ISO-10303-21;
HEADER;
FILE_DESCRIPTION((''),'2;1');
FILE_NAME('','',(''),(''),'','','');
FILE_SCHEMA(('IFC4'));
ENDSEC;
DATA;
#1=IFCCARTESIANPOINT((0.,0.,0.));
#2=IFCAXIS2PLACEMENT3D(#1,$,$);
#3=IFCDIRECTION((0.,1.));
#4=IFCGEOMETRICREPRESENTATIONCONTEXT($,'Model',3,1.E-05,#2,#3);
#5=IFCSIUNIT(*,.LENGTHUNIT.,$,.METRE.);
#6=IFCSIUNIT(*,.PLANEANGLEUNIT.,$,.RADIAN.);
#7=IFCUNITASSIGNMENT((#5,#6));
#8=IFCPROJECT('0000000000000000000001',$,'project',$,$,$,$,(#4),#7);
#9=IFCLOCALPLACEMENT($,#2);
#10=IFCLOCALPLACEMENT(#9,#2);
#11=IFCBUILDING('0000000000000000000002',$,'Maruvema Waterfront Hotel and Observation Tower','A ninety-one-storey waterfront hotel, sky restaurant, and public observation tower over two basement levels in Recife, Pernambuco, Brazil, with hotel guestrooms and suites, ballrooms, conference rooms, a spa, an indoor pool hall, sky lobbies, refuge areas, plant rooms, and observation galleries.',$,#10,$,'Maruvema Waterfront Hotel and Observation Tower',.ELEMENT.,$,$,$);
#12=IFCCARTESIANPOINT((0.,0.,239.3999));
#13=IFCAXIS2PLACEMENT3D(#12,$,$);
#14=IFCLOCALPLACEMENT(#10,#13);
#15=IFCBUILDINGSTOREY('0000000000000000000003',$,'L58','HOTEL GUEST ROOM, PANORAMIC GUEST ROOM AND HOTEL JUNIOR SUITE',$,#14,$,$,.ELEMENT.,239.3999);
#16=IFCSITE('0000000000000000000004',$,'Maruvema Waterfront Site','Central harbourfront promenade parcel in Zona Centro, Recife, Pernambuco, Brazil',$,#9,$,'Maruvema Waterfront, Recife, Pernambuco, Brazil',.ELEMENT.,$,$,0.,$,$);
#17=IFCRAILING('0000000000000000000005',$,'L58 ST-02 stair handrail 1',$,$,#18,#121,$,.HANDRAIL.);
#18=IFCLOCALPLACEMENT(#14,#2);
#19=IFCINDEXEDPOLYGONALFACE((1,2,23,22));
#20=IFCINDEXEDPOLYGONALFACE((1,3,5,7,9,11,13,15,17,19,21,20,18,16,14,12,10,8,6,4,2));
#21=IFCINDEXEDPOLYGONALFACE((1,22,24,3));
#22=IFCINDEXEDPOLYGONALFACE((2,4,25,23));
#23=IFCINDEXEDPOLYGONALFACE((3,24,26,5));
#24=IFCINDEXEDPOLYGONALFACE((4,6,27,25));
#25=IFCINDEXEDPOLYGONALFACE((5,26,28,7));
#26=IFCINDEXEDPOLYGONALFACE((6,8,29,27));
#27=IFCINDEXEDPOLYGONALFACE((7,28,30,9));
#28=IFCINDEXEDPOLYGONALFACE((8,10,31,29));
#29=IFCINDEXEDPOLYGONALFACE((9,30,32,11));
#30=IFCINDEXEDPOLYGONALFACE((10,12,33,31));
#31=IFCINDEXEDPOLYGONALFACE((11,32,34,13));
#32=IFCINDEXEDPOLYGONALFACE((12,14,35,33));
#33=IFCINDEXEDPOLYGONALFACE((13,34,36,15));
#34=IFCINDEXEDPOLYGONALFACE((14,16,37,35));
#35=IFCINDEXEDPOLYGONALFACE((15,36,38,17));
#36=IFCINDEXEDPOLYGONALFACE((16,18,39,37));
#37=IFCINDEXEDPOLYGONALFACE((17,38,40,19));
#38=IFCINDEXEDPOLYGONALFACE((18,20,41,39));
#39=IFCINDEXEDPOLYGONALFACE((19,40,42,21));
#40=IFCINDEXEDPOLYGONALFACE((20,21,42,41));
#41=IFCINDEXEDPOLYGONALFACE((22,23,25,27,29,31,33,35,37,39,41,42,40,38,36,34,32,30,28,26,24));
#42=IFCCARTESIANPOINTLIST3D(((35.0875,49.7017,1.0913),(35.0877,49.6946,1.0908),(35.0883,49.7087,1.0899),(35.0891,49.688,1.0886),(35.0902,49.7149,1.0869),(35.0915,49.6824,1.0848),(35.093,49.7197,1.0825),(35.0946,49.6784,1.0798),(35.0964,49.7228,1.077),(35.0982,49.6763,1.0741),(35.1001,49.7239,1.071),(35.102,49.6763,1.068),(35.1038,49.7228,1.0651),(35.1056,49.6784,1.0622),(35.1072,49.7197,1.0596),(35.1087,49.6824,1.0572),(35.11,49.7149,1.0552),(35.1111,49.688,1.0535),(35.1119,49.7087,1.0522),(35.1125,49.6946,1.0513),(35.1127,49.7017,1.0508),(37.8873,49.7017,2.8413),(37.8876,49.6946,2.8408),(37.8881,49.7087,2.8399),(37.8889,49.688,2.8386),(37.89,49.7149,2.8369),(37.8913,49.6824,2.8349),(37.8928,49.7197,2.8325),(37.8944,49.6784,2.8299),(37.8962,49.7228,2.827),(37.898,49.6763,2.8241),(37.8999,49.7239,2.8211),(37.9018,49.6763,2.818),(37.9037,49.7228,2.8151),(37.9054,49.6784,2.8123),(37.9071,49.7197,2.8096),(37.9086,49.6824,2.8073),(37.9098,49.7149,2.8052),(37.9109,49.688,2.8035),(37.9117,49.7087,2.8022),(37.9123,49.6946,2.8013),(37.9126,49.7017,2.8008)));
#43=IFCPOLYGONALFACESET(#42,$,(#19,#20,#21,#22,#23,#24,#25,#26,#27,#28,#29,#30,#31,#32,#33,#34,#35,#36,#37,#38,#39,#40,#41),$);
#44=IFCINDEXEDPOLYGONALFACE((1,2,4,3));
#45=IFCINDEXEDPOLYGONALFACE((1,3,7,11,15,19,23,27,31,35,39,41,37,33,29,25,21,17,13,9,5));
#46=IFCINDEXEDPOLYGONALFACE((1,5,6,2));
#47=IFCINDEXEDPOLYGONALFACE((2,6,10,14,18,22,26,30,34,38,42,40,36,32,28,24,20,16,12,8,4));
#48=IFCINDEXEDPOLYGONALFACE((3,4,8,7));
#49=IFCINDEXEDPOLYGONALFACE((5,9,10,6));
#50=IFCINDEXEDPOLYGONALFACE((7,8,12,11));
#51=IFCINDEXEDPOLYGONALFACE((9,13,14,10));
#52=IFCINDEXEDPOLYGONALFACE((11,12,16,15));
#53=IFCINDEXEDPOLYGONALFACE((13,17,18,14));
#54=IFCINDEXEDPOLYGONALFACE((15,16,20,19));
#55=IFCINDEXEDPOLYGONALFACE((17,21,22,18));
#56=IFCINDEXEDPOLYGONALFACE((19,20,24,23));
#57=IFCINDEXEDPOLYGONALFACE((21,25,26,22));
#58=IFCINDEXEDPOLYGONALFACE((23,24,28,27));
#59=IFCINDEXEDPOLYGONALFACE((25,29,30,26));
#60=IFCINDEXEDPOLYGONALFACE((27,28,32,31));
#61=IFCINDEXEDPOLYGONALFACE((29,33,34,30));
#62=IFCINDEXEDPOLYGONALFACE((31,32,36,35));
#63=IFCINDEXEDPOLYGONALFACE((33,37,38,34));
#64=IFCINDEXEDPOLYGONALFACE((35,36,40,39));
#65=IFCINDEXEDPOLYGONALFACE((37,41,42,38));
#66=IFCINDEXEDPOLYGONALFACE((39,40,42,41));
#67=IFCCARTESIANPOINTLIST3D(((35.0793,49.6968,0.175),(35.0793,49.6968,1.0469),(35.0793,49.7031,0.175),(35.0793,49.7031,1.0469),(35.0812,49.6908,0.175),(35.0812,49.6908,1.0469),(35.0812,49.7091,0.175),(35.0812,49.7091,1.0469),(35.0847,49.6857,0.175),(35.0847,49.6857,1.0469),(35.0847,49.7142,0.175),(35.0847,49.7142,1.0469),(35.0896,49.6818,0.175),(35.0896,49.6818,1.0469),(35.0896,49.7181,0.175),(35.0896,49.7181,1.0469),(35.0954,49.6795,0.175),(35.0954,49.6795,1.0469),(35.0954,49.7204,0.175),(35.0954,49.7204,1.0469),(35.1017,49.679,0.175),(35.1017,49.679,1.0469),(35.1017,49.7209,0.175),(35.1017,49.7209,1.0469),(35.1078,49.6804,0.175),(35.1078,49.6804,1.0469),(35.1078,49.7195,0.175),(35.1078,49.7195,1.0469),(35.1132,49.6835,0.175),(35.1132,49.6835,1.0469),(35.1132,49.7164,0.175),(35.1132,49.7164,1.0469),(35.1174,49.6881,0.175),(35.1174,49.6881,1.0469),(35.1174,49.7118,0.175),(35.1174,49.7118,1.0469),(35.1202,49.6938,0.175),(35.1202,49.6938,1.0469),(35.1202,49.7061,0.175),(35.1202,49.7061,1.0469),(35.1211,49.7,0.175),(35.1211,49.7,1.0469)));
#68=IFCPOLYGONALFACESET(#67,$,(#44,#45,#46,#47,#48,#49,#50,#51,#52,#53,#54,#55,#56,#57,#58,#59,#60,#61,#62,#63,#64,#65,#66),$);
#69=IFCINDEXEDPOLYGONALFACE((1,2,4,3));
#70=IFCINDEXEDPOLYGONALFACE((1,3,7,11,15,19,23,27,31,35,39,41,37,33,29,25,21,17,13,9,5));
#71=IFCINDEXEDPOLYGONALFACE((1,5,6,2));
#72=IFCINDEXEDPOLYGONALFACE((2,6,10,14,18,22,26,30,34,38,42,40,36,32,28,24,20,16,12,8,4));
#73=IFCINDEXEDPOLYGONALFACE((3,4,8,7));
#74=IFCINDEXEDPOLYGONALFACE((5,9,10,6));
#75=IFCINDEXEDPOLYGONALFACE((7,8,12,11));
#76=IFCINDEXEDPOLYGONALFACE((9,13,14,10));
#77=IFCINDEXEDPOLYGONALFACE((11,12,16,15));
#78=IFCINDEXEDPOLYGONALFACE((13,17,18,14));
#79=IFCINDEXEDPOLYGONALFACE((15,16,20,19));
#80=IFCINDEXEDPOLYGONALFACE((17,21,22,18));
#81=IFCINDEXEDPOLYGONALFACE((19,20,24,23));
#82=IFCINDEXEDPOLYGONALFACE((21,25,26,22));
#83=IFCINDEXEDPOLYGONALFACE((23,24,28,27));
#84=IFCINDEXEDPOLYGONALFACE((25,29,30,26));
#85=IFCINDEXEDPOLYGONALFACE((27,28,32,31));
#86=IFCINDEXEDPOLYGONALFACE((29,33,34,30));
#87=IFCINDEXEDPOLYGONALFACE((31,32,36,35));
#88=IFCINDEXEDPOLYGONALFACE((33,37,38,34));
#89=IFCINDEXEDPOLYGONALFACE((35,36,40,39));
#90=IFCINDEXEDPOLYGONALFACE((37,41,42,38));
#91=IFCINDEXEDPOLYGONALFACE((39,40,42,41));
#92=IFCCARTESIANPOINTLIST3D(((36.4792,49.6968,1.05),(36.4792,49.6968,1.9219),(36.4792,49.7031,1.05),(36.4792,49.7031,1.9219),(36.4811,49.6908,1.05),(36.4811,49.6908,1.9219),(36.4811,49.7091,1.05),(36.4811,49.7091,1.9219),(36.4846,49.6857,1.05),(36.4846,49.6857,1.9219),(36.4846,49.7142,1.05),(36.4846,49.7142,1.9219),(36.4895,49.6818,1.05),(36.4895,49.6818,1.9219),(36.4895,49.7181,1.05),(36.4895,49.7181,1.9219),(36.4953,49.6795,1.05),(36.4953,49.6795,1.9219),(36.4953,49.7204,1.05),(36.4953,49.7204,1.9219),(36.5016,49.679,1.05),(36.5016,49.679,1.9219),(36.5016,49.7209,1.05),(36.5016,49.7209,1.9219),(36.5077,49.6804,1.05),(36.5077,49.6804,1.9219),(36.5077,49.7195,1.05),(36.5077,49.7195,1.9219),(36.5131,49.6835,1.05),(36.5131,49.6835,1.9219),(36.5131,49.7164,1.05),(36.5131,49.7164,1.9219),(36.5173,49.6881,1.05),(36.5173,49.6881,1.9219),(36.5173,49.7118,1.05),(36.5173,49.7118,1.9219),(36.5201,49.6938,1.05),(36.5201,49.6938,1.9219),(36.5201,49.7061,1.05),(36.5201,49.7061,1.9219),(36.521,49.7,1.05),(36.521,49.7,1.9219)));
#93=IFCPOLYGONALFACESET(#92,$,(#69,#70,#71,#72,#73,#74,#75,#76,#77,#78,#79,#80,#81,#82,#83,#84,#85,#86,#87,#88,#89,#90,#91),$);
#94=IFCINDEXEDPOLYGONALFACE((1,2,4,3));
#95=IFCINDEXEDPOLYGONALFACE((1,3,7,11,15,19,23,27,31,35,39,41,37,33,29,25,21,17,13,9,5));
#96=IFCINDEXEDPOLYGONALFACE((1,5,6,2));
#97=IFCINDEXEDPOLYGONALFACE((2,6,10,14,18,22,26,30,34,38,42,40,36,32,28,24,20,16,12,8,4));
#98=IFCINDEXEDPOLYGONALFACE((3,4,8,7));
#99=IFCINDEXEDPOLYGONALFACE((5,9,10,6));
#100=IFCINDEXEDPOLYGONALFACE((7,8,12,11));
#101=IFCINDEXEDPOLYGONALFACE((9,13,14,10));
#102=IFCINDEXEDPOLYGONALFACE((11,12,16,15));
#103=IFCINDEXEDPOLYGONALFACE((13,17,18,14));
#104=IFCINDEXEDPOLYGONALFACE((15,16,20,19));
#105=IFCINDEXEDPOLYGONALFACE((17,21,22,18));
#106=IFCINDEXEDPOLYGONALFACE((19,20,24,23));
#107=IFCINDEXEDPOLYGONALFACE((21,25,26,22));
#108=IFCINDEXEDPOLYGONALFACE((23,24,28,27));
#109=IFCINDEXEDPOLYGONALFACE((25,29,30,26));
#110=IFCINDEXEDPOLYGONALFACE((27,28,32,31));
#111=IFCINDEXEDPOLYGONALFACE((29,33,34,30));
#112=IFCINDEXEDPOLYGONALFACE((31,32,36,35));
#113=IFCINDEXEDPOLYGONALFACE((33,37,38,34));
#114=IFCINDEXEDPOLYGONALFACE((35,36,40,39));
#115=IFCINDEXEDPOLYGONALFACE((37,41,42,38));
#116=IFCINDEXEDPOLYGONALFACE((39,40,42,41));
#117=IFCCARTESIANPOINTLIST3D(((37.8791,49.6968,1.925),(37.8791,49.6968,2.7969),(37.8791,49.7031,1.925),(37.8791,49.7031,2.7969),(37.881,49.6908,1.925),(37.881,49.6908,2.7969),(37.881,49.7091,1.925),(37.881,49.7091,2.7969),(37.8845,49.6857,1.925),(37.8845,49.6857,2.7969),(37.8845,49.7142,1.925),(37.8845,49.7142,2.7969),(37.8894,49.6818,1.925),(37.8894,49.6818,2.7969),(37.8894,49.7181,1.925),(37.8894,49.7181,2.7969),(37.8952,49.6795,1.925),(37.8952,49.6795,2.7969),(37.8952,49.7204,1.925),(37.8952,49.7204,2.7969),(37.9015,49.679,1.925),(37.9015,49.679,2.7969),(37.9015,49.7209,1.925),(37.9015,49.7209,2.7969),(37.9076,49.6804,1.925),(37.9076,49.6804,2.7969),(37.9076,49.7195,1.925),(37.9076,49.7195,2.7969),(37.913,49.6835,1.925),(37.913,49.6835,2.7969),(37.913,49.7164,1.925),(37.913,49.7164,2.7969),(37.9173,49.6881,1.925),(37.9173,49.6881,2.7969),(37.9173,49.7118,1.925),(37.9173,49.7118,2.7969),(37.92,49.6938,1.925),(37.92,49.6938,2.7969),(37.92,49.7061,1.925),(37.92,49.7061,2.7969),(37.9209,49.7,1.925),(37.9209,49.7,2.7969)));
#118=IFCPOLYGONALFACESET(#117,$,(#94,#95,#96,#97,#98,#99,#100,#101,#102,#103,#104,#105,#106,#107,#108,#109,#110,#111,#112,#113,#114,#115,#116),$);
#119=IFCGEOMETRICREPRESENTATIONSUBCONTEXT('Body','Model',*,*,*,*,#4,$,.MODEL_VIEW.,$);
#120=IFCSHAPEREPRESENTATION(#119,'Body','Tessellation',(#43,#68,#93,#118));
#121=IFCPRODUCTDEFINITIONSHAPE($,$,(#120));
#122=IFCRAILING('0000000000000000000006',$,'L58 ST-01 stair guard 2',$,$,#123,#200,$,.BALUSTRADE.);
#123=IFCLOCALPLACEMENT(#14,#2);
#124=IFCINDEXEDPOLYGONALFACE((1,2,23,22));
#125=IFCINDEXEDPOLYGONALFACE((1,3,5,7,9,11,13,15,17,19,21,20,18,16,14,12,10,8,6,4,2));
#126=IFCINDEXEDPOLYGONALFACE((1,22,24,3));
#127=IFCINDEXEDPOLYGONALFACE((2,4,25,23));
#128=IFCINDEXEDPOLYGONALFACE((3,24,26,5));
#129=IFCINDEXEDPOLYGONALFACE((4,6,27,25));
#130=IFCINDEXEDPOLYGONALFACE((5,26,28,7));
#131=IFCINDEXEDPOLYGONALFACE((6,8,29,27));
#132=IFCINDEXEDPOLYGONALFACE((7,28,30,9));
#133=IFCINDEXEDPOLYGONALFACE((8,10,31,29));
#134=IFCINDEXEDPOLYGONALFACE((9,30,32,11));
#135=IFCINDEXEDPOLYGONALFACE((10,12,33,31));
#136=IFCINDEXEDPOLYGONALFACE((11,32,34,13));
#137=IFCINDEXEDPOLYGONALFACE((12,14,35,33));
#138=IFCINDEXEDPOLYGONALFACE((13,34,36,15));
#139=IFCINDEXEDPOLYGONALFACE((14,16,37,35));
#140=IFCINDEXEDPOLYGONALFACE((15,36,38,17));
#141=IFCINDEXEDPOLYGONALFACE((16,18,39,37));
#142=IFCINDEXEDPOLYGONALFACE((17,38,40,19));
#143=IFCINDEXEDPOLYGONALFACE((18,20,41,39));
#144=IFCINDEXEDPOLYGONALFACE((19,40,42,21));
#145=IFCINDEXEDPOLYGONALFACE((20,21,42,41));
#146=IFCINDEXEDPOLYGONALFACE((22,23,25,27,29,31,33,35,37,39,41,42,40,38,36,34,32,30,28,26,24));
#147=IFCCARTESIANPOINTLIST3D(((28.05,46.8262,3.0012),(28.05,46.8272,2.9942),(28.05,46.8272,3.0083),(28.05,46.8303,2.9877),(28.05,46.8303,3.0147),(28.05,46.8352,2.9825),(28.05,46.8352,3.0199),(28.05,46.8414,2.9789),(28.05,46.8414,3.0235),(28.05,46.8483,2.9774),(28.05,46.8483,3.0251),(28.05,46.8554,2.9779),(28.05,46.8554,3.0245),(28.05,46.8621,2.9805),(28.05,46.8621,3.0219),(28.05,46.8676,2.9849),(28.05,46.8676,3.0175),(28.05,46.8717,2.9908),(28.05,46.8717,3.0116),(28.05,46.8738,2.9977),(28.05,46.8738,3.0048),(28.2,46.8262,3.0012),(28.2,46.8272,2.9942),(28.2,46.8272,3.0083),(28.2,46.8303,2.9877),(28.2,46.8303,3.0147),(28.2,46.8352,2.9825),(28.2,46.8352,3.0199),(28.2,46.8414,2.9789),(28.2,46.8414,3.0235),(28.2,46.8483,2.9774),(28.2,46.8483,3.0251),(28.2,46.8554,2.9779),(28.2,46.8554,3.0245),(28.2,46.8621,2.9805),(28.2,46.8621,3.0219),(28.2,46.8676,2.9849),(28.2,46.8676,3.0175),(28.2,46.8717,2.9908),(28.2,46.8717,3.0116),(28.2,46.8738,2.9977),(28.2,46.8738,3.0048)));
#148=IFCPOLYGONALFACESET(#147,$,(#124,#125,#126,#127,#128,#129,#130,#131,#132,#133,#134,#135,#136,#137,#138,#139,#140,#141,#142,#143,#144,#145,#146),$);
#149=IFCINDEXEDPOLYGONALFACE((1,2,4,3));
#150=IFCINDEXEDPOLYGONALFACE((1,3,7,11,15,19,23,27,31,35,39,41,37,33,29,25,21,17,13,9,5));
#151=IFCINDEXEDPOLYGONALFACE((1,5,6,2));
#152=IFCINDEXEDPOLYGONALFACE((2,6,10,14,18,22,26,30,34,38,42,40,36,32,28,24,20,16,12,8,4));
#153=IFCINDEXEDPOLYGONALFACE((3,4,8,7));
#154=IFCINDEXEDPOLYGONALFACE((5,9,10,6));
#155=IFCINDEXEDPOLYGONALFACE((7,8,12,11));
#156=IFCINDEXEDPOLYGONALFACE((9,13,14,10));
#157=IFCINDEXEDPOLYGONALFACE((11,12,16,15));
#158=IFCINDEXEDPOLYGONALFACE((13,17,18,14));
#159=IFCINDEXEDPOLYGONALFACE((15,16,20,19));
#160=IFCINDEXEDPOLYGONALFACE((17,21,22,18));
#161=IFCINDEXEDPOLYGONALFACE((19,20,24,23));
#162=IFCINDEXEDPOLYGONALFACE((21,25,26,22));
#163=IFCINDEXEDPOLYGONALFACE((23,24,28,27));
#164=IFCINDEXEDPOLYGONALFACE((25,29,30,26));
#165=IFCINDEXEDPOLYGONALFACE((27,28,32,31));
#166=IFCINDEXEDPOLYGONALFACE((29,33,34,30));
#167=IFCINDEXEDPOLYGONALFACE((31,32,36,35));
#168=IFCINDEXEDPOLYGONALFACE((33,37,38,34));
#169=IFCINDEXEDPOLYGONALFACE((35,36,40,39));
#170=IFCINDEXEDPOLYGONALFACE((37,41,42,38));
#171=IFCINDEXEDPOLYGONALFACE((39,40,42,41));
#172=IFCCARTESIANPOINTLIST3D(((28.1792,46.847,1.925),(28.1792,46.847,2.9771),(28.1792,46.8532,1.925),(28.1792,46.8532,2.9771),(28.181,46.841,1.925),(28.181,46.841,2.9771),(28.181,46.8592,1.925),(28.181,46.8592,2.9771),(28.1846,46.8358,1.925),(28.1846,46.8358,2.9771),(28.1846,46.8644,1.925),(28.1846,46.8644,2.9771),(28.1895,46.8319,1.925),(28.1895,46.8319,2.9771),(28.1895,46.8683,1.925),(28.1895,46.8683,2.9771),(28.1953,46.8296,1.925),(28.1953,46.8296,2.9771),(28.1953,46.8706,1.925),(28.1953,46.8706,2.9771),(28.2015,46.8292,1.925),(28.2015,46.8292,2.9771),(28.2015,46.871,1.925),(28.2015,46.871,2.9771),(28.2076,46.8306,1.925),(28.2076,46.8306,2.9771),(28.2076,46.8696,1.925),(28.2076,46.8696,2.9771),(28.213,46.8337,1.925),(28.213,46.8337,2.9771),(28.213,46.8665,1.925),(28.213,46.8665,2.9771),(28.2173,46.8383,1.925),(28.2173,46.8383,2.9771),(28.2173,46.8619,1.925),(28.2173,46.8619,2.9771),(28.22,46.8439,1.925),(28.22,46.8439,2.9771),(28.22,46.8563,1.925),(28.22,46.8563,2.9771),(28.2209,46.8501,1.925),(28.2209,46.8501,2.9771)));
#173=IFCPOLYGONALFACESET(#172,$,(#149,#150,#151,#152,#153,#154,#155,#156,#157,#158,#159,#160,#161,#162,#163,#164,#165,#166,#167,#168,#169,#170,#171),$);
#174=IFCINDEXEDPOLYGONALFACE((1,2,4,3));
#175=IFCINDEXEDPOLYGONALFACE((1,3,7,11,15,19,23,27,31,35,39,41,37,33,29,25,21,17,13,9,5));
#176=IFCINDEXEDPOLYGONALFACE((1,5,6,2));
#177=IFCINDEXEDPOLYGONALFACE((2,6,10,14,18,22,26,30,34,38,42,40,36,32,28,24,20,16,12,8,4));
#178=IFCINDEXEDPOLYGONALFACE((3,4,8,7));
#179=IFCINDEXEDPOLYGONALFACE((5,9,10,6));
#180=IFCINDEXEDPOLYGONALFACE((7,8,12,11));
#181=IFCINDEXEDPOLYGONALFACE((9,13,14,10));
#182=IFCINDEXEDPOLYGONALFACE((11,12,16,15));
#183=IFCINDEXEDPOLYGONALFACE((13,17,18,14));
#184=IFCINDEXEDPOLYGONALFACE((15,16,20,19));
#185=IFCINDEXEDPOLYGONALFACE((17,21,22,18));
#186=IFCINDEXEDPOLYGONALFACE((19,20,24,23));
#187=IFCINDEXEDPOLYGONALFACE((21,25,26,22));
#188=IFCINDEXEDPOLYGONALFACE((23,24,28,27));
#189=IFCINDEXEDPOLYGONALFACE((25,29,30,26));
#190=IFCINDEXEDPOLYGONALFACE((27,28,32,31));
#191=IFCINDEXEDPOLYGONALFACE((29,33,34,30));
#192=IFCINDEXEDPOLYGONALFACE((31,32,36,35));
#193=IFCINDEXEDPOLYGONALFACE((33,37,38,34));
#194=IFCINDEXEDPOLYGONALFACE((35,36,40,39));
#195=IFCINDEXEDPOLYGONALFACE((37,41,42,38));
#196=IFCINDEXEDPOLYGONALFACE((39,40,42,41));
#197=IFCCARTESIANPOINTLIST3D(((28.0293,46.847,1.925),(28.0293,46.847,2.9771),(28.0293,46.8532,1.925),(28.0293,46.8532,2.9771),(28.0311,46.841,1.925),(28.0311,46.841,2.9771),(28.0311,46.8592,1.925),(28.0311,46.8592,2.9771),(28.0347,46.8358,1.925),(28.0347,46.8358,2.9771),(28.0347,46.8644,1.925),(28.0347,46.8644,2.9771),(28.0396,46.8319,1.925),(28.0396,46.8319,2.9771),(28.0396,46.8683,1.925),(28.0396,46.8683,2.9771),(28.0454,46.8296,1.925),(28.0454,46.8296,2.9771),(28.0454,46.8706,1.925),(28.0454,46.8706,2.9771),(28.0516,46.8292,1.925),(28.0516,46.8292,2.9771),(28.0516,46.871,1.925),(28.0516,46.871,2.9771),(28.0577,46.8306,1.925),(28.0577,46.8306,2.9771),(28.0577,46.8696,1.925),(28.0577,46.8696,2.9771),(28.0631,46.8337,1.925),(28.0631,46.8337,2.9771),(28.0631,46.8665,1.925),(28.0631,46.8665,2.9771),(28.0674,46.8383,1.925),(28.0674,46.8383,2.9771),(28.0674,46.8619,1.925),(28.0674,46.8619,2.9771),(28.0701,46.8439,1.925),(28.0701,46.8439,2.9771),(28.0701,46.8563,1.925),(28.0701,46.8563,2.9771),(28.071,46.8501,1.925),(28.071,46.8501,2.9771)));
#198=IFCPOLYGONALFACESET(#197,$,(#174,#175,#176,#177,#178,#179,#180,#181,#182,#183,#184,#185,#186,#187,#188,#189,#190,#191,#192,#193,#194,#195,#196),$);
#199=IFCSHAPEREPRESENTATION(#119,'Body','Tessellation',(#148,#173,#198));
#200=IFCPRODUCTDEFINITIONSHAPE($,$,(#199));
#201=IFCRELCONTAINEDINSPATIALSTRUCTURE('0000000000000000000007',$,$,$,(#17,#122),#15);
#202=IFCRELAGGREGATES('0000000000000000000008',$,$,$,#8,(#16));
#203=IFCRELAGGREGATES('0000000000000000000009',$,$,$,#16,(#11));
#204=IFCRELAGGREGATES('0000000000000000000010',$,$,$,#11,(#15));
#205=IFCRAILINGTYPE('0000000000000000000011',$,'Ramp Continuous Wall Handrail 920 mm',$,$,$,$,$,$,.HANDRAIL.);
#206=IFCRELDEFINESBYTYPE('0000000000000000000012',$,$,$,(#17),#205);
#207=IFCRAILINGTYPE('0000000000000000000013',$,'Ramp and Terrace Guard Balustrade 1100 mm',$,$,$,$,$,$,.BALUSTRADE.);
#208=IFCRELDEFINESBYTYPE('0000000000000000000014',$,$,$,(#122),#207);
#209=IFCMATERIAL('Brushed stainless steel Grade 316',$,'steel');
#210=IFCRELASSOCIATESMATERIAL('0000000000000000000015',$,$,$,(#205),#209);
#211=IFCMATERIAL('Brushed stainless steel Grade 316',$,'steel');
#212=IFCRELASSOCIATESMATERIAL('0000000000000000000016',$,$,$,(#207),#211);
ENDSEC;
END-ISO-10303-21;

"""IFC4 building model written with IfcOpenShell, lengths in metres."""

from ifc_helpers import new_model, si_unit, direction, frame, origin, origin_2d, place, context, subcontext, project, spatial, circle, extrude, material, type_object, element, save


model = new_model("IFC4")

# Units and contexts
model_context = context("Model", 3, precision=1e-05, world=origin(), true_north=direction((0.0, 1.0)))
body_context = subcontext(model_context, "Body", "Model", "MODEL_VIEW")
ifc_project = project(units=[si_unit("LENGTHUNIT", "METRE"), si_unit("PLANEANGLEUNIT", "RADIAN")], contexts=[model_context])

# Site, building, storey
site_placement = place(None, origin())
site = spatial("IfcSite", under=ifc_project, at=site_placement, Name="Maruvema Waterfront Site", Description="Central harbourfront promenade parcel in Zona Centro, Recife, Pernambuco, Brazil", LongName="Maruvema Waterfront, Recife, Pernambuco, Brazil", CompositionType="ELEMENT", RefElevation=0.0)
building_placement = place(site_placement, origin())
building = spatial("IfcBuilding", under=site, at=building_placement, Name="Maruvema Waterfront Hotel and Observation Tower", Description="A ninety-one-storey waterfront hotel, sky restaurant, and public observation tower over two basement levels in Recife, Pernambuco, Brazil, with hotel guestrooms and suites, ballrooms, conference rooms, a spa, an indoor pool hall, sky lobbies, refuge areas, plant rooms, and observation galleries.", LongName="Maruvema Waterfront Hotel and Observation Tower", CompositionType="ELEMENT")
storey_placement = place(building_placement, frame((0.0, 0.0, 239.3999)))
storey = spatial("IfcBuildingStorey", under=building, at=storey_placement, Name="L58", Description="HOTEL GUEST ROOM, PANORAMIC GUEST ROOM AND HOTEL JUNIOR SUITE", CompositionType="ELEMENT", Elevation=239.3999)

# Railings
ifc_material_1 = material(Name="Brushed stainless steel Grade 316", Category="steel")
railing_type_1 = type_object("IfcRailingType", Name="Ramp Continuous Wall Handrail 920 mm", PredefinedType="HANDRAIL", material=ifc_material_1)
railing_1_placement = place(storey_placement, frame((35.1001, 49.7, 0.175)))
element("IfcRailing", 1, at=railing_1_placement, inside=storey, type_object=railing_type_1, Name="L58 ST-02 stair handrail 1", PredefinedType="HANDRAIL", context=body_context, shape_type="SweptSolid", body=[
    extrude(circle(Radius=0.0239, at=origin_2d()), frame((0.0, 0.0, 0.896), z_axis=(0.847982, 0.0, 0.530026), x_axis=(0.0, 1.0, 0.0)), (0.0, 0.0, 1.0), 3.3018),
    extrude(circle(Radius=0.021, at=origin_2d()), origin(), (0.0, 0.0, 1.0), 0.8718),
    extrude(circle(Radius=0.021, at=origin_2d()), frame((1.3999, 0.0, 0.875)), (0.0, 0.0, 1.0), 0.8718),
    extrude(circle(Radius=0.021, at=origin_2d()), frame((2.7998, 0.0, 1.75)), (0.0, 0.0, 1.0), 0.8718),
])
ifc_material_2 = material(Name="Brushed stainless steel Grade 316", Category="steel")
railing_type_2 = type_object("IfcRailingType", Name="Ramp and Terrace Guard Balustrade 1100 mm", PredefinedType="BALUSTRADE", material=ifc_material_2)
railing_2_placement = place(storey_placement, frame((28.2, 46.8501, 1.925)))
element("IfcRailing", 2, at=railing_2_placement, inside=storey, type_object=railing_type_2, Name="L58 ST-01 stair guard 2", PredefinedType="BALUSTRADE", context=body_context, shape_type="SweptSolid", body=[
    extrude(circle(Radius=0.0239, at=origin_2d()), frame((0.0, 0.0, 1.0762), z_axis=(-1.0, 0.0, 0.0), x_axis=(0.0, -1.0, 0.0)), (0.0, 0.0, 1.0), 0.1499),
    extrude(circle(Radius=0.021, at=origin_2d()), origin(), (0.0, 0.0, 1.0), 1.052),
    extrude(circle(Radius=0.021, at=origin_2d()), frame((-0.1499, 0.0, 0.0)), (0.0, 0.0, 1.0), 1.052),
])

save(model, "model.ifc")
